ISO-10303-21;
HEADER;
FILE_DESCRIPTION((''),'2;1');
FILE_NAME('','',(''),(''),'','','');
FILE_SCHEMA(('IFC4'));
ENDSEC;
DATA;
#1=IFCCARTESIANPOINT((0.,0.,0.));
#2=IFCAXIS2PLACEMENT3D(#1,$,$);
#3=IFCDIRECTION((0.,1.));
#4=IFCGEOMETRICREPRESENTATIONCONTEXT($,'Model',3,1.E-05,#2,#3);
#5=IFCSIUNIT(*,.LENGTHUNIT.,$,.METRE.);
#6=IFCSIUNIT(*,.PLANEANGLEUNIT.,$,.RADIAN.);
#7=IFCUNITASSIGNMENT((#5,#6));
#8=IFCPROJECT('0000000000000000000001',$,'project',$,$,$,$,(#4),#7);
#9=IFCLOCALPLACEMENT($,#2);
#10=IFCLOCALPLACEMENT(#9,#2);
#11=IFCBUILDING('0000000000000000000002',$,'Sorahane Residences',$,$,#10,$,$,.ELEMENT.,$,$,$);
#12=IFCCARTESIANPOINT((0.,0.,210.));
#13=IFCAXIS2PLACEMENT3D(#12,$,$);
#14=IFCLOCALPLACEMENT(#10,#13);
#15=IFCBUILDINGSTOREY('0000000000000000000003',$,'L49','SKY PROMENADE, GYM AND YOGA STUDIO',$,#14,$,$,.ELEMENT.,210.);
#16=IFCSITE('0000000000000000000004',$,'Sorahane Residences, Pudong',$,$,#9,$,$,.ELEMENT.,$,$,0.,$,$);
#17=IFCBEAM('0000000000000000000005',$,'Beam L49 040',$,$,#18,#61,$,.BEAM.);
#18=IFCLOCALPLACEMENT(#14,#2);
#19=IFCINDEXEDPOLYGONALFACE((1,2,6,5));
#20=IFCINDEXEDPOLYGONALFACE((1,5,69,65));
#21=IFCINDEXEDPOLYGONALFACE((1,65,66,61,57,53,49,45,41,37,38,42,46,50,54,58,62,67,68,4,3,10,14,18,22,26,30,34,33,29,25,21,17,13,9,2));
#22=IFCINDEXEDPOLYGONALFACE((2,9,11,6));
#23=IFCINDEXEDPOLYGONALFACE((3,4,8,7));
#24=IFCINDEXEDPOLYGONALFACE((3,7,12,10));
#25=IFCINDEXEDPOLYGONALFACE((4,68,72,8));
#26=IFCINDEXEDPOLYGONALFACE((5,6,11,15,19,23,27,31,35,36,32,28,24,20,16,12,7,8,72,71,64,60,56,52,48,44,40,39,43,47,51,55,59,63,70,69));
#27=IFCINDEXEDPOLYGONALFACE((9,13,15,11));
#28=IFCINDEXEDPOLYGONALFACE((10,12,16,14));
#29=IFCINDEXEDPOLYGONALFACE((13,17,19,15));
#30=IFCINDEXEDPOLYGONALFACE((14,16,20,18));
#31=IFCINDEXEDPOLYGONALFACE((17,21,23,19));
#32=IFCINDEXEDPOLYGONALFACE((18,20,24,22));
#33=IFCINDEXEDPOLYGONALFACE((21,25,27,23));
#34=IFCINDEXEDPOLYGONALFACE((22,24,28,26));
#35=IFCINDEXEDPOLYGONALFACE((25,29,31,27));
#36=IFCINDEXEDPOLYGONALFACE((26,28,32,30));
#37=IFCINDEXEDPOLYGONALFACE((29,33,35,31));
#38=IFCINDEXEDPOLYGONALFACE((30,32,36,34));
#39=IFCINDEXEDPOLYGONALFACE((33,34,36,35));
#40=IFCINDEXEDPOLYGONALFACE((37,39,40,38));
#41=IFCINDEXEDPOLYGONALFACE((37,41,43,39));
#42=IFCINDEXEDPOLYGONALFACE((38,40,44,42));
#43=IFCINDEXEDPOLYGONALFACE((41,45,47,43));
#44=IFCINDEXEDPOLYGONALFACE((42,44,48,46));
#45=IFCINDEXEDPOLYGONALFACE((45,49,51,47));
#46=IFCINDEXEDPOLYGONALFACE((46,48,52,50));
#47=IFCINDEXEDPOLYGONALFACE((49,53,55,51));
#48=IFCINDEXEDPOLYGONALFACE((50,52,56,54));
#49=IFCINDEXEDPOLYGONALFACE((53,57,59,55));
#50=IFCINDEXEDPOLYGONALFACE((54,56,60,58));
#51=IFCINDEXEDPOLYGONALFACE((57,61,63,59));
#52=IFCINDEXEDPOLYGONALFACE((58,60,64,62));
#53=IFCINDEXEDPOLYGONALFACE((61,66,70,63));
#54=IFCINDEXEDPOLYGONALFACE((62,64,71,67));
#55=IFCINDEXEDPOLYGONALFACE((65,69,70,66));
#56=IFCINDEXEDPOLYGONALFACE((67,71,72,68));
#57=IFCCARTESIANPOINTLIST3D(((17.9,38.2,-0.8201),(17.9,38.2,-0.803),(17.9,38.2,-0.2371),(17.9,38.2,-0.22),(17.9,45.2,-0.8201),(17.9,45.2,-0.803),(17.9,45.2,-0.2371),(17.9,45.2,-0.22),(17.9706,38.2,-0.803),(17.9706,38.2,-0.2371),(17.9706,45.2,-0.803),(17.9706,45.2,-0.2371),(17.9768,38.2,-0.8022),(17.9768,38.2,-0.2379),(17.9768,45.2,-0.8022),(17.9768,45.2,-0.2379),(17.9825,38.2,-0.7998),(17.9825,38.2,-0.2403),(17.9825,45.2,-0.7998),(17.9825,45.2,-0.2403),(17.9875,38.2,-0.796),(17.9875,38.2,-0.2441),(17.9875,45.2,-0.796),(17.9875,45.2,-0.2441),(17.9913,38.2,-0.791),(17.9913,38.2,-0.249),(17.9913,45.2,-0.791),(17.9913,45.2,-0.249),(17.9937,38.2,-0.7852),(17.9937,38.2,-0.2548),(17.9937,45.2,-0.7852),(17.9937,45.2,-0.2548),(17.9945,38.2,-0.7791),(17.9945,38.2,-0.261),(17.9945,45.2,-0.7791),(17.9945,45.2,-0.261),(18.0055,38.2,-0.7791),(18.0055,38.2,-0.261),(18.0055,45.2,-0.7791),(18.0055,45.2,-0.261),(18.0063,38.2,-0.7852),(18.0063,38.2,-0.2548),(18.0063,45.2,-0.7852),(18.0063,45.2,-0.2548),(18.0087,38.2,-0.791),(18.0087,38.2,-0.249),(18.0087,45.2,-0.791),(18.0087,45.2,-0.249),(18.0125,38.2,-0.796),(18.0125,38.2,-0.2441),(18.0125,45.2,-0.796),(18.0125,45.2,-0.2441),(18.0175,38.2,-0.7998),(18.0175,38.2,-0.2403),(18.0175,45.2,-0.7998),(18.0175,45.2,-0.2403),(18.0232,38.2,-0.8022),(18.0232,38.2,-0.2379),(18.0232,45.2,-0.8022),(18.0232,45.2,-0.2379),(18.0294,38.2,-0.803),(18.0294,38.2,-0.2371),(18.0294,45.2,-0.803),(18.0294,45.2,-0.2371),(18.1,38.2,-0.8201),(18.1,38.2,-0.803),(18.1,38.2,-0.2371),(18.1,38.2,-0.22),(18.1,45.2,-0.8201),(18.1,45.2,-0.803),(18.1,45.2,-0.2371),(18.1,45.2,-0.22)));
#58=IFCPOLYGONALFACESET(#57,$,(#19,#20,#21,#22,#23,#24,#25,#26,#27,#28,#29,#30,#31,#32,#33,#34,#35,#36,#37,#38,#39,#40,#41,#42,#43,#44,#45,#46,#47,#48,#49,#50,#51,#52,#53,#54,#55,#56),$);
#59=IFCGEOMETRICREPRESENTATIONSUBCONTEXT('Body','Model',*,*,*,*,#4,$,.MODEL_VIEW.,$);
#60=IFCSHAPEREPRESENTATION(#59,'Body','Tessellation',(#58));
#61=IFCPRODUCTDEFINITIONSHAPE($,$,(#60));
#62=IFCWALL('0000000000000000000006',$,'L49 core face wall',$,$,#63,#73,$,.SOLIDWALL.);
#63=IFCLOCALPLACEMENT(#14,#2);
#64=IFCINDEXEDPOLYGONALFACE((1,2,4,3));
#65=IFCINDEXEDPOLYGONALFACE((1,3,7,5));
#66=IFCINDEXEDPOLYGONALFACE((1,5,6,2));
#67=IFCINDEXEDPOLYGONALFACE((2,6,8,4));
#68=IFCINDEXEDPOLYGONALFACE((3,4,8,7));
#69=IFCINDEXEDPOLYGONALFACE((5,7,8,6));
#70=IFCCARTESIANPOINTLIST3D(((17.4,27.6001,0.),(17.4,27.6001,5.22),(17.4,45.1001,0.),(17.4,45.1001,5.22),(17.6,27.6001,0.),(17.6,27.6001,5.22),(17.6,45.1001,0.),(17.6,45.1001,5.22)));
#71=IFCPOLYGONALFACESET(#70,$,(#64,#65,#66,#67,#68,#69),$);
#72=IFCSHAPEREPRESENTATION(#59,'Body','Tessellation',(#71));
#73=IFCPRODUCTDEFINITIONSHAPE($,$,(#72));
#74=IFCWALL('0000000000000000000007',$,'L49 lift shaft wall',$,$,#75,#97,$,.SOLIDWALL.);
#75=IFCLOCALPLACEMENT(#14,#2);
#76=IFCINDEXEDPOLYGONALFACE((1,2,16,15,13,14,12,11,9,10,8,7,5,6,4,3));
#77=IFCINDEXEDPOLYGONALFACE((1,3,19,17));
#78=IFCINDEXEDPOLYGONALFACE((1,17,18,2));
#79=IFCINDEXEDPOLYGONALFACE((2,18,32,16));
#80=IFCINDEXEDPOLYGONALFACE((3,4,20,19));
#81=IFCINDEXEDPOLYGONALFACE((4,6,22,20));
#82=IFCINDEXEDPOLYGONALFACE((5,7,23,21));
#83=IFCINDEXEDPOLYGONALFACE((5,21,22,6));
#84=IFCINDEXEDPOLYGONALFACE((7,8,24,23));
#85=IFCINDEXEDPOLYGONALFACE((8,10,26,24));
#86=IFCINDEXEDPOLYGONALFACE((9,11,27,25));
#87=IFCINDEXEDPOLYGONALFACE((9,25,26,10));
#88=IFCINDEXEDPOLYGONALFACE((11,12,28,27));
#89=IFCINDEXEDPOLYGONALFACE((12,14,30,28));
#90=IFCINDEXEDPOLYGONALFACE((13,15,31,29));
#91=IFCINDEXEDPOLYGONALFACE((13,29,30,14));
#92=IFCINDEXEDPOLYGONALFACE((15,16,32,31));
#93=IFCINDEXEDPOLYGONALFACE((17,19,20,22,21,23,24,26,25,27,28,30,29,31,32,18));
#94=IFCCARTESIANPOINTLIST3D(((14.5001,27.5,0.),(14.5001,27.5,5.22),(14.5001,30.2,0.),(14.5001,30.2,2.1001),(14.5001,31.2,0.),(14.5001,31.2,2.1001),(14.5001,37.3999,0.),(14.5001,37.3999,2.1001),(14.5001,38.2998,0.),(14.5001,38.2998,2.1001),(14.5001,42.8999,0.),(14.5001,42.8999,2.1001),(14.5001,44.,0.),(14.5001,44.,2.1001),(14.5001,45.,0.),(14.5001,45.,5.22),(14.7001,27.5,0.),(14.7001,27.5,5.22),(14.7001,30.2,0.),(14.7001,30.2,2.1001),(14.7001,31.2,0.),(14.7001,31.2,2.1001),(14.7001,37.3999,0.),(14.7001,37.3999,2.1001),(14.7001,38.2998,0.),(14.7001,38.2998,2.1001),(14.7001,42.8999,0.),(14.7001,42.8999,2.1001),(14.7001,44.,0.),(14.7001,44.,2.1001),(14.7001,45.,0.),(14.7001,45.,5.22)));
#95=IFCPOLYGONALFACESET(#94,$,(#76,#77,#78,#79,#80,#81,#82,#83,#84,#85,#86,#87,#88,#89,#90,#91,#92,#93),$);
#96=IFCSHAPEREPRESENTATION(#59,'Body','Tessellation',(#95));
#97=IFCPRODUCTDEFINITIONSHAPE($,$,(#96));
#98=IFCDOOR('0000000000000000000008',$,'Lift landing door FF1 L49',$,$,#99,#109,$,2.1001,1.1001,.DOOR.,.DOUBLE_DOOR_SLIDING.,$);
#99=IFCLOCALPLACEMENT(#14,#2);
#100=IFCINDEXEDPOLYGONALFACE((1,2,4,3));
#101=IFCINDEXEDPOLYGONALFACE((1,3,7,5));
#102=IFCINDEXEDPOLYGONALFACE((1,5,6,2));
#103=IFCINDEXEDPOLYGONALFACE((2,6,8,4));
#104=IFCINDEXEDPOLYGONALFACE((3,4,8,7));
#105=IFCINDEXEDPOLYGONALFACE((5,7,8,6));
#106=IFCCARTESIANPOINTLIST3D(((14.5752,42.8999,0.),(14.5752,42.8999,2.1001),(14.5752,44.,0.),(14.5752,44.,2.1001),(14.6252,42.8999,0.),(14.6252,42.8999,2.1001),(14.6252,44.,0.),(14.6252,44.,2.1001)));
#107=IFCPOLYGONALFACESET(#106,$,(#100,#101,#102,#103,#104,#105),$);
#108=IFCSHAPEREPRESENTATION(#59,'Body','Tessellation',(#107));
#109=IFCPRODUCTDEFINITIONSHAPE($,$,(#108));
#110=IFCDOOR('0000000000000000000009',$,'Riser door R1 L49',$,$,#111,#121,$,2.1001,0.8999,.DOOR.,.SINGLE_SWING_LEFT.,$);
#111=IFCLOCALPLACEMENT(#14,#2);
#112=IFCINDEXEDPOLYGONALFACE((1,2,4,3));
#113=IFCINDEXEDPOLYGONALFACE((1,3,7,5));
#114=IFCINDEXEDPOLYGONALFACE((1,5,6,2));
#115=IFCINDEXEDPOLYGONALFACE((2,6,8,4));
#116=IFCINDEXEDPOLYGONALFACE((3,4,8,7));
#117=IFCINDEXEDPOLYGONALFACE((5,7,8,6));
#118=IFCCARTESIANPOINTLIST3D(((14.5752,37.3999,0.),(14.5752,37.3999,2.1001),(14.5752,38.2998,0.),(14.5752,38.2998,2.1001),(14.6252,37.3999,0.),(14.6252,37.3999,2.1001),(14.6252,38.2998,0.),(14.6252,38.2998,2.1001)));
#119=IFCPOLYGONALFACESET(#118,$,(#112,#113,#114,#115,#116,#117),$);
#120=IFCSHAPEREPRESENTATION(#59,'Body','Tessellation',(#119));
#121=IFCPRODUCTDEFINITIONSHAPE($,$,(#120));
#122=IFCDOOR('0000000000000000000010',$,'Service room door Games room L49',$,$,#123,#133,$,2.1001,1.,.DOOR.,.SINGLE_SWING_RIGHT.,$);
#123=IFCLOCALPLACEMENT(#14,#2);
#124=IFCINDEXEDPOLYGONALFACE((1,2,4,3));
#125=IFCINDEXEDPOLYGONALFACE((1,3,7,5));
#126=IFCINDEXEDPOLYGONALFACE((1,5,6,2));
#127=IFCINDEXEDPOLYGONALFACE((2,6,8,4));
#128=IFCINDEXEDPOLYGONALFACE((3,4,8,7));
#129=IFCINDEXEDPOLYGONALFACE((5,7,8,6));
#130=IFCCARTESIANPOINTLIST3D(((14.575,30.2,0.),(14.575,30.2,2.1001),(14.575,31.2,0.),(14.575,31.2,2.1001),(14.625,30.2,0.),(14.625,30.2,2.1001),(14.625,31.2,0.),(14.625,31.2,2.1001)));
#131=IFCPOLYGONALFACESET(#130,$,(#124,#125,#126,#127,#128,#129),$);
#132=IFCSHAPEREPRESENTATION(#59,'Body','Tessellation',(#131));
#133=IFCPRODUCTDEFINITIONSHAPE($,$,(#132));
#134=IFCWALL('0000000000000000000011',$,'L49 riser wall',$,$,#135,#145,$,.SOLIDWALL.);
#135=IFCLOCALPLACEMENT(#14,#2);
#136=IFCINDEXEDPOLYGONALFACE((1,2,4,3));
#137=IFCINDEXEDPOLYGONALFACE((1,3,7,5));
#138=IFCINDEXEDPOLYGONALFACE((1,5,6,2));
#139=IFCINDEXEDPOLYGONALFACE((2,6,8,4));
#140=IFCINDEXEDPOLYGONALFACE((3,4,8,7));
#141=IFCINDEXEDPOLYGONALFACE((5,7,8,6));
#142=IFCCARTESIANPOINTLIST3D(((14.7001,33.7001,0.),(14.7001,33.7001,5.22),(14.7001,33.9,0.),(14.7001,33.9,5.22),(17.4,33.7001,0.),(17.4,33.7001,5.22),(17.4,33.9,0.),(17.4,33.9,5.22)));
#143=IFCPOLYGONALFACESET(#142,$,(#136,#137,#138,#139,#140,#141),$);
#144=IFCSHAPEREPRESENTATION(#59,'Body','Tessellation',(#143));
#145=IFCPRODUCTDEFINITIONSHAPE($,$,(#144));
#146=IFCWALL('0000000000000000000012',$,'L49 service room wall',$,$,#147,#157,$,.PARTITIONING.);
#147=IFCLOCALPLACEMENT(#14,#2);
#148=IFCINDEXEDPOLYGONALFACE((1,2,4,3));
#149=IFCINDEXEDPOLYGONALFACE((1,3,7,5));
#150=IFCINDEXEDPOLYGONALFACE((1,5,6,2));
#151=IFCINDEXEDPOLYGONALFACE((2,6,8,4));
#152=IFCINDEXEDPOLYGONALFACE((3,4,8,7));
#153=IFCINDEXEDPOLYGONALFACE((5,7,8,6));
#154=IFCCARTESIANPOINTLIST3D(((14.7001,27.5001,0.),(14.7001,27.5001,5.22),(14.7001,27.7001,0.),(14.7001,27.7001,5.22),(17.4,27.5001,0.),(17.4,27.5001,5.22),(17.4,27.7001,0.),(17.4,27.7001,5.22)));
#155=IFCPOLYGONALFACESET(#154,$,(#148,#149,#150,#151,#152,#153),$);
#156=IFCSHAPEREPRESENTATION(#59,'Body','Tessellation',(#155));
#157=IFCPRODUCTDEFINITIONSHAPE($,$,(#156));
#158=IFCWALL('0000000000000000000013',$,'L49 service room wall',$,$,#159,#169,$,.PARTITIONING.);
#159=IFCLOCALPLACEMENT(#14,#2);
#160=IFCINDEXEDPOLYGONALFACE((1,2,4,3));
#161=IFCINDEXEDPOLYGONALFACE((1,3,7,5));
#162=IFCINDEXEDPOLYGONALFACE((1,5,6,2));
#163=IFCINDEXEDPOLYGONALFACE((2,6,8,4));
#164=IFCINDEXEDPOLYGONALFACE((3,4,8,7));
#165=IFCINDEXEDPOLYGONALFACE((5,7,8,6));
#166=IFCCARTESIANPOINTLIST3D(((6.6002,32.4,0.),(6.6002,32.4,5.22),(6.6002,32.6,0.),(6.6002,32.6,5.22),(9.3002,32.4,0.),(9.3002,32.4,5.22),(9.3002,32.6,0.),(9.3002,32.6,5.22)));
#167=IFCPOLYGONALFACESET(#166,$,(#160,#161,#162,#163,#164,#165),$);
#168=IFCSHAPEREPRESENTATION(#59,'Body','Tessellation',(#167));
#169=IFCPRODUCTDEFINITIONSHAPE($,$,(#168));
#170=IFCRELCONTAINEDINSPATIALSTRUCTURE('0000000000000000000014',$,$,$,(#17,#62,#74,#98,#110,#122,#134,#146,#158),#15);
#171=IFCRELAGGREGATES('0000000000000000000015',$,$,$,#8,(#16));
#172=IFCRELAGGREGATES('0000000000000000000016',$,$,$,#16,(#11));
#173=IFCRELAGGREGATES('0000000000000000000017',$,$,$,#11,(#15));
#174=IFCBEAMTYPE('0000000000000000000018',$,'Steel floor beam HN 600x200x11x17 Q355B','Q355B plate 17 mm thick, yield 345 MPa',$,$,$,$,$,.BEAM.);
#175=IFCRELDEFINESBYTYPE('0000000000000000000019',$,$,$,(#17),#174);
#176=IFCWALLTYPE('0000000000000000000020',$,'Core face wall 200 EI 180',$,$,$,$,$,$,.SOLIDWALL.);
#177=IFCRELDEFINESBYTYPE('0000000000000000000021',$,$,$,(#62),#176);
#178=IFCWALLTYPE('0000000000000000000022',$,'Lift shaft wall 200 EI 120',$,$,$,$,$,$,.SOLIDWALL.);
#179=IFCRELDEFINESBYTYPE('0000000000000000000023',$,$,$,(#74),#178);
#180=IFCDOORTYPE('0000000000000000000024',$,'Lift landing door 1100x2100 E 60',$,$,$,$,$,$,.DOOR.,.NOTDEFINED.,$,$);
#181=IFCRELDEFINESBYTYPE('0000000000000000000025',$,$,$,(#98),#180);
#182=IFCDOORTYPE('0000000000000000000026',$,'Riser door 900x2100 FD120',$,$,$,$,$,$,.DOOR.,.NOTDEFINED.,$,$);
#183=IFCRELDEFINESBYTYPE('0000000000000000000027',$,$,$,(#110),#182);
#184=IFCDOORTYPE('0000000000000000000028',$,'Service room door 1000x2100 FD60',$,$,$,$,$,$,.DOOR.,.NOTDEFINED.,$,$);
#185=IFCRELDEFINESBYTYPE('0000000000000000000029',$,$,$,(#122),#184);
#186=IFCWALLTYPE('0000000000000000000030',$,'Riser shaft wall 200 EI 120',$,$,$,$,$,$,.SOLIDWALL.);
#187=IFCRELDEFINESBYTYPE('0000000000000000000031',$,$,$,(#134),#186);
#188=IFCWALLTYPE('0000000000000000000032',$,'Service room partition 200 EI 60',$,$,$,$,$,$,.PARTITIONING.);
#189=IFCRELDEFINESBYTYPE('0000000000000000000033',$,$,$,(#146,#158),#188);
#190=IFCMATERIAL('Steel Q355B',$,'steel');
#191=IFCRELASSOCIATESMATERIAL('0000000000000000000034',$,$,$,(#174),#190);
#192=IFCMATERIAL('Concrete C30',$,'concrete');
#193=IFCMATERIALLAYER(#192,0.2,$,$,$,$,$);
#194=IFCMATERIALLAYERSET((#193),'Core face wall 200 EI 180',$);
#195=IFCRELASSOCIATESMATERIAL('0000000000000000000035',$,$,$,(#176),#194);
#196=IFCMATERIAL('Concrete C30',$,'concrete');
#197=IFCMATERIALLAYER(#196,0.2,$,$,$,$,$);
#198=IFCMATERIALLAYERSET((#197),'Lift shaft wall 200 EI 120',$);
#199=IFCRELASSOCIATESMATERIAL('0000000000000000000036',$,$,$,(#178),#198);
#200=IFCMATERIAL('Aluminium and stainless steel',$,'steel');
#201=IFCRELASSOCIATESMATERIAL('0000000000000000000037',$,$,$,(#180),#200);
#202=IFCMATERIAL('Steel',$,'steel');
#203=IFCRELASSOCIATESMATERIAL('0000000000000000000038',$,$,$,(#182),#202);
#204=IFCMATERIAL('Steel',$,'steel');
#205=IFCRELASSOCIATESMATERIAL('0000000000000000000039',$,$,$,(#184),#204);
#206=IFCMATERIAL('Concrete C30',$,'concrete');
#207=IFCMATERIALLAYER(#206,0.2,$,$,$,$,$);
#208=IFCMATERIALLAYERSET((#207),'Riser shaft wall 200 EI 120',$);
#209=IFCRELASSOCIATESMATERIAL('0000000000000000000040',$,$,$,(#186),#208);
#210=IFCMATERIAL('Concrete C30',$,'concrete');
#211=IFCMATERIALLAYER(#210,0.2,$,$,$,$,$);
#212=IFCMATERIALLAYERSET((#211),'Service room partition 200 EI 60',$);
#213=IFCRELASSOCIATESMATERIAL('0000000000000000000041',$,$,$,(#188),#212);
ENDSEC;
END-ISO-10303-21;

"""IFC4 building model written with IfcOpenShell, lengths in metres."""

from ifc_helpers import new_model, si_unit, direction, frame, frame_2d, origin, origin_2d, place, context, subcontext, project, spatial, rectangle, i_section, extrude, material, layer, layer_set, material_profile, profile_set, type_object, element, fill, save


model = new_model("IFC4")

# Units and contexts
model_context = context("Model", 3, precision=1e-05, world=origin(), true_north=direction((0.0, 1.0)))
body_context = subcontext(model_context, "Body", "Model", "MODEL_VIEW")
ifc_project = project(units=[si_unit("LENGTHUNIT", "METRE"), si_unit("PLANEANGLEUNIT", "RADIAN")], contexts=[model_context])

# Site, building, storey
site_placement = place(None, origin())
site = spatial("IfcSite", under=ifc_project, at=site_placement, Name="Sorahane Residences, Pudong", CompositionType="ELEMENT", RefElevation=0.0)
building_placement = place(site_placement, origin())
building = spatial("IfcBuilding", under=site, at=building_placement, Name="Sorahane Residences", CompositionType="ELEMENT")
storey_placement = place(building_placement, frame((0.0, 0.0, 210.0)))
storey = spatial("IfcBuildingStorey", under=building, at=storey_placement, Name="L49", Description="SKY PROMENADE, GYM AND YOGA STUDIO", CompositionType="ELEMENT", Elevation=210.0)

# Beam
ifc_material_1 = material(Name="Steel Q355B", Category="steel")
ifc_material_profile_1 = material_profile(ifc_material_1, i_section(OverallWidth=0.2, OverallDepth=0.6001, WebThickness=0.011, FlangeThickness=0.0171, FilletRadius=0.0239, at=origin_2d()), Name="HN 600x200x11x17")
ifc_profile_set_1 = profile_set([ifc_material_profile_1], Name="Steel Q355B")
beam_type_1 = type_object("IfcBeamType", Name="Steel floor beam HN 600x200x11x17 Q355B", Description="Q355B plate 17 mm thick, yield 345 MPa", PredefinedType="BEAM", material=ifc_profile_set_1)
for number, where, z_axis, x_axis, name in (
    (1, (18.0, 38.2, -0.52), (0.0, 1.0, 0.0), (-1.0, 0.0, 0.0), "Beam L49 040"),
):
    element("IfcBeam", number, at=place(storey_placement, frame(where, z_axis=z_axis, x_axis=x_axis)), inside=storey, type_object=beam_type_1, Name=name, PredefinedType="BEAM", context=body_context, shape_type="SweptSolid", body=[
        extrude(i_section(OverallWidth=0.2, OverallDepth=0.6001, WebThickness=0.011, FlangeThickness=0.0171, FilletRadius=0.0239, at=origin_2d()), origin(), (0.0, 0.0, 1.0), 7.0),
    ])

# Wall
ifc_material_2 = material(Name="Concrete C30", Category="concrete")
ifc_layer_1 = layer(ifc_material_2, 0.2)
ifc_layer_set_1 = layer_set([ifc_layer_1], Name="Core face wall 200 EI 180")
wall_type_1 = type_object("IfcWallType", Name="Core face wall 200 EI 180", PredefinedType="SOLIDWALL", material=ifc_layer_set_1)
wall_1_placement = place(storey_placement, frame((17.5, 27.6001, 0.0), z_axis=(0.0, 0.0, 1.0), x_axis=(0.0, 1.0, 0.0)))
element("IfcWall", 2, at=wall_1_placement, inside=storey, type_object=wall_type_1, Name="L49 core face wall", PredefinedType="SOLIDWALL", context=body_context, shape_type="SweptSolid", body=[
    extrude(rectangle(XDim=17.5, YDim=0.2, at=frame_2d((8.75, 0.0))), origin(), (0.0, 0.0, 1.0), 5.22),
])

# Wall, openings, doors
ifc_material_3 = material(Name="Concrete C30", Category="concrete")
ifc_layer_2 = layer(ifc_material_3, 0.2)
ifc_layer_set_2 = layer_set([ifc_layer_2], Name="Lift shaft wall 200 EI 120")
wall_type_2 = type_object("IfcWallType", Name="Lift shaft wall 200 EI 120", PredefinedType="SOLIDWALL", material=ifc_layer_set_2)
wall_2_placement = place(storey_placement, frame((14.6001, 27.5, 0.0), z_axis=(0.0, 0.0, 1.0), x_axis=(0.0, 1.0, 0.0)))
wall_2 = element("IfcWall", 3, at=wall_2_placement, inside=storey, type_object=wall_type_2, Name="L49 lift shaft wall", PredefinedType="SOLIDWALL", context=body_context, shape_type="SweptSolid", body=[
    extrude(rectangle(XDim=17.5, YDim=0.2, at=frame_2d((8.75, 0.0))), origin(), (0.0, 0.0, 1.0), 5.22),
])
opening_1_placement = place(wall_2_placement, frame((15.3999, 0.0, 0.0)))
opening_1 = element("IfcOpeningElement", 4, at=opening_1_placement, cuts=wall_2, PredefinedType="OPENING", context=body_context, shape_type="SweptSolid", body=[
    extrude(rectangle(XDim=1.1001, YDim=2.1001, at=frame_2d((0.55, 1.05))), frame((0.0, 0.1099, 0.0), z_axis=(0.0, -1.0, 0.0), x_axis=(1.0, 0.0, 0.0)), (0.0, 0.0, 1.0), 0.22),
])
opening_2_placement = place(wall_2_placement, frame((2.7, 0.0, 0.0)))
opening_2 = element("IfcOpeningElement", 5, at=opening_2_placement, cuts=wall_2, PredefinedType="OPENING", context=body_context, shape_type="SweptSolid", body=[
    extrude(rectangle(XDim=1.0, YDim=2.1001, at=frame_2d((0.5, 1.05))), frame((0.0, 0.1099, 0.0), z_axis=(0.0, -1.0, 0.0), x_axis=(1.0, 0.0, 0.0)), (0.0, 0.0, 1.0), 0.22),
])
opening_3_placement = place(wall_2_placement, frame((9.8999, 0.0, 0.0)))
opening_3 = element("IfcOpeningElement", 6, at=opening_3_placement, cuts=wall_2, PredefinedType="OPENING", context=body_context, shape_type="SweptSolid", body=[
    extrude(rectangle(XDim=0.8999, YDim=2.1001, at=frame_2d((0.45, 1.05))), frame((0.0, 0.1099, 0.0), z_axis=(0.0, -1.0, 0.0), x_axis=(1.0, 0.0, 0.0)), (0.0, 0.0, 1.0), 0.22),
])
ifc_material_4 = material(Name="Aluminium and stainless steel", Category="steel")
door_type_1 = type_object("IfcDoorType", Name="Lift landing door 1100x2100 E 60", OperationType="NOTDEFINED", PredefinedType="DOOR", material=ifc_material_4)
door_1_placement = place(opening_1_placement, origin())
door_1 = element("IfcDoor", 7, at=door_1_placement, inside=storey, type_object=door_type_1, Name="Lift landing door FF1 L49", OperationType="DOUBLE_DOOR_SLIDING", OverallHeight=2.1001, OverallWidth=1.1001, PredefinedType="DOOR", context=body_context, shape_type="SweptSolid", body=[
    extrude(rectangle(XDim=1.1001, YDim=2.1001, at=frame_2d((0.55, 1.05))), frame((0.0, 0.0249, 0.0), z_axis=(0.0, -1.0, 0.0), x_axis=(1.0, 0.0, 0.0)), (0.0, 0.0, 1.0), 0.05),
])
fill(opening_1, door_1)
ifc_material_5 = material(Name="Steel", Category="steel")
door_type_2 = type_object("IfcDoorType", Name="Riser door 900x2100 FD120", OperationType="NOTDEFINED", PredefinedType="DOOR", material=ifc_material_5)
door_2_placement = place(opening_3_placement, origin())
door_2 = element("IfcDoor", 8, at=door_2_placement, inside=storey, type_object=door_type_2, Name="Riser door R1 L49", OperationType="SINGLE_SWING_LEFT", OverallHeight=2.1001, OverallWidth=0.8999, PredefinedType="DOOR", context=body_context, shape_type="SweptSolid", body=[
    extrude(rectangle(XDim=0.8999, YDim=2.1001, at=frame_2d((0.45, 1.05))), frame((0.0, 0.0249, 0.0), z_axis=(0.0, -1.0, 0.0), x_axis=(1.0, 0.0, 0.0)), (0.0, 0.0, 1.0), 0.05),
])
fill(opening_3, door_2)
ifc_material_6 = material(Name="Steel", Category="steel")
door_type_3 = type_object("IfcDoorType", Name="Service room door 1000x2100 FD60", OperationType="NOTDEFINED", PredefinedType="DOOR", material=ifc_material_6)
door_3_placement = place(opening_2_placement, frame((1.0, 0.0, 0.0), z_axis=(0.0, 0.0, 1.0), x_axis=(-1.0, 0.0, 0.0)))
door_3 = element("IfcDoor", 9, at=door_3_placement, inside=storey, type_object=door_type_3, Name="Service room door Games room L49", OperationType="SINGLE_SWING_RIGHT", OverallHeight=2.1001, OverallWidth=1.0, PredefinedType="DOOR", context=body_context, shape_type="SweptSolid", body=[
    extrude(rectangle(XDim=1.0, YDim=2.1001, at=frame_2d((0.5, 1.05))), frame((0.0, 0.0249, 0.0), z_axis=(0.0, -1.0, 0.0), x_axis=(1.0, 0.0, 0.0)), (0.0, 0.0, 1.0), 0.05),
])
fill(opening_2, door_3)

# Walls
ifc_material_7 = material(Name="Concrete C30", Category="concrete")
ifc_layer_3 = layer(ifc_material_7, 0.2)
ifc_layer_set_3 = layer_set([ifc_layer_3], Name="Riser shaft wall 200 EI 120")
wall_type_3 = type_object("IfcWallType", Name="Riser shaft wall 200 EI 120", PredefinedType="SOLIDWALL", material=ifc_layer_set_3)
wall_3_placement = place(storey_placement, frame((14.7, 33.8, 0.0), z_axis=(0.0, 0.0, 1.0), x_axis=(1.0, 0.0, 0.0)))
element("IfcWall", 10, at=wall_3_placement, inside=storey, type_object=wall_type_3, Name="L49 riser wall", PredefinedType="SOLIDWALL", context=body_context, shape_type="SweptSolid", body=[
    extrude(rectangle(XDim=2.7, YDim=0.2, at=frame_2d((1.3501, 0.0))), origin(), (0.0, 0.0, 1.0), 5.22),
])
ifc_material_8 = material(Name="Concrete C30", Category="concrete")
ifc_layer_4 = layer(ifc_material_8, 0.2)
ifc_layer_set_4 = layer_set([ifc_layer_4], Name="Service room partition 200 EI 60")
wall_type_4 = type_object("IfcWallType", Name="Service room partition 200 EI 60", PredefinedType="PARTITIONING", material=ifc_layer_set_4)
for number, where, z_axis, x_axis, name in (
    (11, (14.7, 27.6001, 0.0), (0.0, 0.0, 1.0), (1.0, 0.0, 0.0), "L49 service room wall"),
    (12, (6.6001, 32.5, 0.0), (0.0, 0.0, 1.0), (1.0, 0.0, 0.0), "L49 service room wall"),
):
    element("IfcWall", number, at=place(storey_placement, frame(where, z_axis=z_axis, x_axis=x_axis)), inside=storey, type_object=wall_type_4, Name=name, PredefinedType="PARTITIONING", context=body_context, shape_type="SweptSolid", body=[
        extrude(rectangle(XDim=2.7, YDim=0.2, at=frame_2d((1.3501, 0.0))), origin(), (0.0, 0.0, 1.0), 5.22),
    ])

save(model, "model.ifc")
